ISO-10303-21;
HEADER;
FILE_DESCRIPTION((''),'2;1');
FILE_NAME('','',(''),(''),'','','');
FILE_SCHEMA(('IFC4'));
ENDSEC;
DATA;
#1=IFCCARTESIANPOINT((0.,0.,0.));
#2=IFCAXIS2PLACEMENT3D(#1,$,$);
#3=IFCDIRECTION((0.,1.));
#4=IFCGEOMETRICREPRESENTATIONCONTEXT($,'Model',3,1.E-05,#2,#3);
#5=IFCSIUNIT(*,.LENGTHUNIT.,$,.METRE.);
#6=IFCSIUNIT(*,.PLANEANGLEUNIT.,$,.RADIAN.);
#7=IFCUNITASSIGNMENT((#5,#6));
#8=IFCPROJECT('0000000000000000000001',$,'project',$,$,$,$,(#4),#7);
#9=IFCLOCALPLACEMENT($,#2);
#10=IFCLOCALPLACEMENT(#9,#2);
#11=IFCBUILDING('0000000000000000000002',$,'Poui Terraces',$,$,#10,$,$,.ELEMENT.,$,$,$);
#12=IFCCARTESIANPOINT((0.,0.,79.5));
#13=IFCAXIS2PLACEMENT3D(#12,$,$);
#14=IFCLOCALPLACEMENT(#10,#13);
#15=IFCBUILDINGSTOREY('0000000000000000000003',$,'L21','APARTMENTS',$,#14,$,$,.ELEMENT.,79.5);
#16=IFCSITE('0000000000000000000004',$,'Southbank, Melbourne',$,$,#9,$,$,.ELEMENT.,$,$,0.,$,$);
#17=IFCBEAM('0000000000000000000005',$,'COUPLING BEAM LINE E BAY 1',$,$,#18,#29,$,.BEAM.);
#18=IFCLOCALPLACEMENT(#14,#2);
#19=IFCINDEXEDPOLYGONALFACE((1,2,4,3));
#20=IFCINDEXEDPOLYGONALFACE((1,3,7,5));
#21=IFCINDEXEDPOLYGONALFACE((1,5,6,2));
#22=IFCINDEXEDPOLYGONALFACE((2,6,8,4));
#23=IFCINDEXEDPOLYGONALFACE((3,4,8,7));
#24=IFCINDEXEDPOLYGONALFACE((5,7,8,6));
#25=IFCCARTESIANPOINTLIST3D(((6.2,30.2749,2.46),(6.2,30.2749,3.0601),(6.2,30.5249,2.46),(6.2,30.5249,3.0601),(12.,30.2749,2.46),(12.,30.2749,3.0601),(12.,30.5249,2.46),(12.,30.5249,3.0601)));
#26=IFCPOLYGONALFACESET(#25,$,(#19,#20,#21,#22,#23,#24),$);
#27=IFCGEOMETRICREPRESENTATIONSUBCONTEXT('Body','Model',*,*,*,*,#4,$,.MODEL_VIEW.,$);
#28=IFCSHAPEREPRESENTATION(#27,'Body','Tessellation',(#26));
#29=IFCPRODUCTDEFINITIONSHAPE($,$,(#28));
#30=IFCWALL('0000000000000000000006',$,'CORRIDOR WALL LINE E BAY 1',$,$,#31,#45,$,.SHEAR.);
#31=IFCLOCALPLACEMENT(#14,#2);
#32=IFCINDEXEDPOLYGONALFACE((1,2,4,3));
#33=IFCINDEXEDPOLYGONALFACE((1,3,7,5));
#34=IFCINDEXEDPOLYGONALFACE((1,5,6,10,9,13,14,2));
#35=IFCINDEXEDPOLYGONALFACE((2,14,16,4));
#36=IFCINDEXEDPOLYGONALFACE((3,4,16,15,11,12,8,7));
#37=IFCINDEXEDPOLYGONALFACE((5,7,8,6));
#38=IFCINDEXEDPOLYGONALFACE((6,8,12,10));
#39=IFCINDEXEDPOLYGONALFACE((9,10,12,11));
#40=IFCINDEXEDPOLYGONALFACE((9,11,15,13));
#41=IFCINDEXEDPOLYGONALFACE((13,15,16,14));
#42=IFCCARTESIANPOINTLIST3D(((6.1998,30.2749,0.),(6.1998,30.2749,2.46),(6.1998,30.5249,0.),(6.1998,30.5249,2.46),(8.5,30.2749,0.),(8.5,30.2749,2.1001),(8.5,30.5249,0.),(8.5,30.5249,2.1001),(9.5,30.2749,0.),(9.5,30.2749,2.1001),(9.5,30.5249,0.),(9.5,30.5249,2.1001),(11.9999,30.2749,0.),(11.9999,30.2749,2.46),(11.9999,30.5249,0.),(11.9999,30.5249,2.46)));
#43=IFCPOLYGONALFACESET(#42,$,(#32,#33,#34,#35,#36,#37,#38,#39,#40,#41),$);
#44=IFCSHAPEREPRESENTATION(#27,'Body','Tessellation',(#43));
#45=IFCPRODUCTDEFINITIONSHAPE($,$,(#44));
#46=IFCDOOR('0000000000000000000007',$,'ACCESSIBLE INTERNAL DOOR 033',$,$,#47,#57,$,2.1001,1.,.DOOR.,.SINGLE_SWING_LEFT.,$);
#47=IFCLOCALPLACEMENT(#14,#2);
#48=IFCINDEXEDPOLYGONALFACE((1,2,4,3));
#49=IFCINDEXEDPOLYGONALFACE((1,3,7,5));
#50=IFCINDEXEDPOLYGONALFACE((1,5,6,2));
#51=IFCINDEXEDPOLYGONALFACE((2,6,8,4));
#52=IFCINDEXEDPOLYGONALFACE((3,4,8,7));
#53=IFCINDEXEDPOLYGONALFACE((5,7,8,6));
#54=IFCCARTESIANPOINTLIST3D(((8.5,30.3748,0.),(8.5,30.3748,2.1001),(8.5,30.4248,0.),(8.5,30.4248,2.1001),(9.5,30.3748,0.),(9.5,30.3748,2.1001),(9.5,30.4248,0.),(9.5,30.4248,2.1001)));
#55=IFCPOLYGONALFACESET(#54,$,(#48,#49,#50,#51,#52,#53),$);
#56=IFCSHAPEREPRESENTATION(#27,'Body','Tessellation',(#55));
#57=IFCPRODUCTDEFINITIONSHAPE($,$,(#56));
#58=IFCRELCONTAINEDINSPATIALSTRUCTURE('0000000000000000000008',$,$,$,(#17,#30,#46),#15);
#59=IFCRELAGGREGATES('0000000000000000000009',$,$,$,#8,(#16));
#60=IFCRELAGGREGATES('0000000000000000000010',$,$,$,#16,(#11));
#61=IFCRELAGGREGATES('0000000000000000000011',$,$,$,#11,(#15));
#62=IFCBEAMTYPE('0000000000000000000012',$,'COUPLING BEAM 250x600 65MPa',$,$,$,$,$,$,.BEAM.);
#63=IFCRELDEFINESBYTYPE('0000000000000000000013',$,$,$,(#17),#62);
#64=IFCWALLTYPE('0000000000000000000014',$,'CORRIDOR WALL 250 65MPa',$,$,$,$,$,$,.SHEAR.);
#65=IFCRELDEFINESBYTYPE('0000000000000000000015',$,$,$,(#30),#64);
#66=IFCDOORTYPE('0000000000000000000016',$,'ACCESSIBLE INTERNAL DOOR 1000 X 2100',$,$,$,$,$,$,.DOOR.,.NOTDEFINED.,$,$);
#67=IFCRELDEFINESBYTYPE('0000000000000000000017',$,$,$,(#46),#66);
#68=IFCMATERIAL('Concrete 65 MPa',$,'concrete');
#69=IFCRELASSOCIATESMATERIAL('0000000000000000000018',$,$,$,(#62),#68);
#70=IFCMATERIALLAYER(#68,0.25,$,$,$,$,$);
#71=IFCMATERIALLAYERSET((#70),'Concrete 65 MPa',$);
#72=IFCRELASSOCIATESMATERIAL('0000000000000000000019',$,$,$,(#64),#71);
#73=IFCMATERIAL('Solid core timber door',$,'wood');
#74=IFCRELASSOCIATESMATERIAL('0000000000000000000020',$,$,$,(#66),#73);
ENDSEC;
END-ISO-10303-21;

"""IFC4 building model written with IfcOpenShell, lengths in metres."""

from ifc_helpers import new_model, si_unit, direction, frame, frame_2d, origin, origin_2d, place, context, subcontext, project, spatial, rectangle, extrude, source, transform, mapped, material, layer, layer_set, material_profile, profile_set, type_object, element, fill, save


model = new_model("IFC4")

# Units and contexts
model_context = context("Model", 3, precision=1e-05, world=origin(), true_north=direction((0.0, 1.0)))
body_context = subcontext(model_context, "Body", "Model", "MODEL_VIEW")
ifc_project = project(units=[si_unit("LENGTHUNIT", "METRE"), si_unit("PLANEANGLEUNIT", "RADIAN")], contexts=[model_context])

# Site, building, storey
site_placement = place(None, origin())
site = spatial("IfcSite", under=ifc_project, at=site_placement, Name="Southbank, Melbourne", CompositionType="ELEMENT", RefElevation=0.0)
building_placement = place(site_placement, origin())
building = spatial("IfcBuilding", under=site, at=building_placement, Name="Poui Terraces", CompositionType="ELEMENT")
storey_placement = place(building_placement, frame((0.0, 0.0, 79.5)))
storey = spatial("IfcBuildingStorey", under=building, at=storey_placement, Name="L21", Description="APARTMENTS", CompositionType="ELEMENT", Elevation=79.5)

# Beam
ifc_material_1 = material(Name="Concrete 65 MPa", Category="concrete")
ifc_material_profile = material_profile(ifc_material_1, rectangle(XDim=0.25, YDim=0.6001, at=origin_2d()), Name="RC 250x600")
ifc_profile_set = profile_set([ifc_material_profile], Name="Concrete 65 MPa")
beam_type = type_object("IfcBeamType", Name="COUPLING BEAM 250x600 65MPa", PredefinedType="BEAM", material=ifc_profile_set)
shared_shape = source(origin(), body_context, "Body", "SweptSolid", [
    extrude(rectangle(XDim=0.25, YDim=0.6001, at=origin_2d()), origin(), (0.0, 0.0, 1.0), 5.8),
])
beam_placement = place(storey_placement, frame((6.2, 30.3999, 2.76), z_axis=(1.0, 0.0, 0.0), x_axis=(0.0, 1.0, 0.0)))
element("IfcBeam", 1, at=beam_placement, inside=storey, type_object=beam_type, Name="COUPLING BEAM LINE E BAY 1", PredefinedType="BEAM", context=body_context, shape_type="MappedRepresentation", body=[
    mapped(shared_shape, transform((0.0, 0.0, 0.0))),
])

# Wall, opening, door
ifc_layer_1 = layer(ifc_material_1, 0.25)
ifc_layer_set_1 = layer_set([ifc_layer_1], Name="Concrete 65 MPa")
wall_type_1 = type_object("IfcWallType", Name="CORRIDOR WALL 250 65MPa", PredefinedType="SHEAR", material=ifc_layer_set_1)
wall_1_placement = place(storey_placement, frame((6.2, 30.3999, 0.0), z_axis=(0.0, 0.0, 1.0), x_axis=(1.0, 0.0, 0.0)))
wall_1 = element("IfcWall", 2, at=wall_1_placement, inside=storey, type_object=wall_type_1, Name="CORRIDOR WALL LINE E BAY 1", PredefinedType="SHEAR", context=body_context, shape_type="SweptSolid", body=[
    extrude(rectangle(XDim=5.8, YDim=0.25, at=frame_2d((2.8999, 0.0))), origin(), (0.0, 0.0, 1.0), 2.46),
])
opening_1_placement = place(wall_1_placement, frame((2.3, 0.0, 0.0)))
opening_1 = element("IfcOpeningElement", 3, at=opening_1_placement, cuts=wall_1, PredefinedType="OPENING", context=body_context, shape_type="SweptSolid", body=[
    extrude(rectangle(XDim=1.0, YDim=2.1001, at=frame_2d((0.5, 1.05))), frame((0.0, 0.135, 0.0), z_axis=(0.0, -1.0, 0.0), x_axis=(1.0, 0.0, 0.0)), (0.0, 0.0, 1.0), 0.27),
])
ifc_material_2 = material(Name="Solid core timber door", Category="wood")
door_type_1 = type_object("IfcDoorType", Name="ACCESSIBLE INTERNAL DOOR 1000 X 2100", OperationType="NOTDEFINED", PredefinedType="DOOR", material=ifc_material_2)
door_1_placement = place(opening_1_placement, origin())
door_1 = element("IfcDoor", 4, at=door_1_placement, inside=storey, type_object=door_type_1, Name="ACCESSIBLE INTERNAL DOOR 033", OperationType="SINGLE_SWING_LEFT", OverallHeight=2.1001, OverallWidth=1.0, PredefinedType="DOOR", context=body_context, shape_type="SweptSolid", body=[
    extrude(rectangle(XDim=1.0, YDim=2.1001, at=frame_2d((0.5, 1.05))), frame((0.0, 0.0249, 0.0), z_axis=(0.0, -1.0, 0.0), x_axis=(1.0, 0.0, 0.0)), (0.0, 0.0, 1.0), 0.05),
])
fill(opening_1, door_1)

save(model, "model.ifc")
